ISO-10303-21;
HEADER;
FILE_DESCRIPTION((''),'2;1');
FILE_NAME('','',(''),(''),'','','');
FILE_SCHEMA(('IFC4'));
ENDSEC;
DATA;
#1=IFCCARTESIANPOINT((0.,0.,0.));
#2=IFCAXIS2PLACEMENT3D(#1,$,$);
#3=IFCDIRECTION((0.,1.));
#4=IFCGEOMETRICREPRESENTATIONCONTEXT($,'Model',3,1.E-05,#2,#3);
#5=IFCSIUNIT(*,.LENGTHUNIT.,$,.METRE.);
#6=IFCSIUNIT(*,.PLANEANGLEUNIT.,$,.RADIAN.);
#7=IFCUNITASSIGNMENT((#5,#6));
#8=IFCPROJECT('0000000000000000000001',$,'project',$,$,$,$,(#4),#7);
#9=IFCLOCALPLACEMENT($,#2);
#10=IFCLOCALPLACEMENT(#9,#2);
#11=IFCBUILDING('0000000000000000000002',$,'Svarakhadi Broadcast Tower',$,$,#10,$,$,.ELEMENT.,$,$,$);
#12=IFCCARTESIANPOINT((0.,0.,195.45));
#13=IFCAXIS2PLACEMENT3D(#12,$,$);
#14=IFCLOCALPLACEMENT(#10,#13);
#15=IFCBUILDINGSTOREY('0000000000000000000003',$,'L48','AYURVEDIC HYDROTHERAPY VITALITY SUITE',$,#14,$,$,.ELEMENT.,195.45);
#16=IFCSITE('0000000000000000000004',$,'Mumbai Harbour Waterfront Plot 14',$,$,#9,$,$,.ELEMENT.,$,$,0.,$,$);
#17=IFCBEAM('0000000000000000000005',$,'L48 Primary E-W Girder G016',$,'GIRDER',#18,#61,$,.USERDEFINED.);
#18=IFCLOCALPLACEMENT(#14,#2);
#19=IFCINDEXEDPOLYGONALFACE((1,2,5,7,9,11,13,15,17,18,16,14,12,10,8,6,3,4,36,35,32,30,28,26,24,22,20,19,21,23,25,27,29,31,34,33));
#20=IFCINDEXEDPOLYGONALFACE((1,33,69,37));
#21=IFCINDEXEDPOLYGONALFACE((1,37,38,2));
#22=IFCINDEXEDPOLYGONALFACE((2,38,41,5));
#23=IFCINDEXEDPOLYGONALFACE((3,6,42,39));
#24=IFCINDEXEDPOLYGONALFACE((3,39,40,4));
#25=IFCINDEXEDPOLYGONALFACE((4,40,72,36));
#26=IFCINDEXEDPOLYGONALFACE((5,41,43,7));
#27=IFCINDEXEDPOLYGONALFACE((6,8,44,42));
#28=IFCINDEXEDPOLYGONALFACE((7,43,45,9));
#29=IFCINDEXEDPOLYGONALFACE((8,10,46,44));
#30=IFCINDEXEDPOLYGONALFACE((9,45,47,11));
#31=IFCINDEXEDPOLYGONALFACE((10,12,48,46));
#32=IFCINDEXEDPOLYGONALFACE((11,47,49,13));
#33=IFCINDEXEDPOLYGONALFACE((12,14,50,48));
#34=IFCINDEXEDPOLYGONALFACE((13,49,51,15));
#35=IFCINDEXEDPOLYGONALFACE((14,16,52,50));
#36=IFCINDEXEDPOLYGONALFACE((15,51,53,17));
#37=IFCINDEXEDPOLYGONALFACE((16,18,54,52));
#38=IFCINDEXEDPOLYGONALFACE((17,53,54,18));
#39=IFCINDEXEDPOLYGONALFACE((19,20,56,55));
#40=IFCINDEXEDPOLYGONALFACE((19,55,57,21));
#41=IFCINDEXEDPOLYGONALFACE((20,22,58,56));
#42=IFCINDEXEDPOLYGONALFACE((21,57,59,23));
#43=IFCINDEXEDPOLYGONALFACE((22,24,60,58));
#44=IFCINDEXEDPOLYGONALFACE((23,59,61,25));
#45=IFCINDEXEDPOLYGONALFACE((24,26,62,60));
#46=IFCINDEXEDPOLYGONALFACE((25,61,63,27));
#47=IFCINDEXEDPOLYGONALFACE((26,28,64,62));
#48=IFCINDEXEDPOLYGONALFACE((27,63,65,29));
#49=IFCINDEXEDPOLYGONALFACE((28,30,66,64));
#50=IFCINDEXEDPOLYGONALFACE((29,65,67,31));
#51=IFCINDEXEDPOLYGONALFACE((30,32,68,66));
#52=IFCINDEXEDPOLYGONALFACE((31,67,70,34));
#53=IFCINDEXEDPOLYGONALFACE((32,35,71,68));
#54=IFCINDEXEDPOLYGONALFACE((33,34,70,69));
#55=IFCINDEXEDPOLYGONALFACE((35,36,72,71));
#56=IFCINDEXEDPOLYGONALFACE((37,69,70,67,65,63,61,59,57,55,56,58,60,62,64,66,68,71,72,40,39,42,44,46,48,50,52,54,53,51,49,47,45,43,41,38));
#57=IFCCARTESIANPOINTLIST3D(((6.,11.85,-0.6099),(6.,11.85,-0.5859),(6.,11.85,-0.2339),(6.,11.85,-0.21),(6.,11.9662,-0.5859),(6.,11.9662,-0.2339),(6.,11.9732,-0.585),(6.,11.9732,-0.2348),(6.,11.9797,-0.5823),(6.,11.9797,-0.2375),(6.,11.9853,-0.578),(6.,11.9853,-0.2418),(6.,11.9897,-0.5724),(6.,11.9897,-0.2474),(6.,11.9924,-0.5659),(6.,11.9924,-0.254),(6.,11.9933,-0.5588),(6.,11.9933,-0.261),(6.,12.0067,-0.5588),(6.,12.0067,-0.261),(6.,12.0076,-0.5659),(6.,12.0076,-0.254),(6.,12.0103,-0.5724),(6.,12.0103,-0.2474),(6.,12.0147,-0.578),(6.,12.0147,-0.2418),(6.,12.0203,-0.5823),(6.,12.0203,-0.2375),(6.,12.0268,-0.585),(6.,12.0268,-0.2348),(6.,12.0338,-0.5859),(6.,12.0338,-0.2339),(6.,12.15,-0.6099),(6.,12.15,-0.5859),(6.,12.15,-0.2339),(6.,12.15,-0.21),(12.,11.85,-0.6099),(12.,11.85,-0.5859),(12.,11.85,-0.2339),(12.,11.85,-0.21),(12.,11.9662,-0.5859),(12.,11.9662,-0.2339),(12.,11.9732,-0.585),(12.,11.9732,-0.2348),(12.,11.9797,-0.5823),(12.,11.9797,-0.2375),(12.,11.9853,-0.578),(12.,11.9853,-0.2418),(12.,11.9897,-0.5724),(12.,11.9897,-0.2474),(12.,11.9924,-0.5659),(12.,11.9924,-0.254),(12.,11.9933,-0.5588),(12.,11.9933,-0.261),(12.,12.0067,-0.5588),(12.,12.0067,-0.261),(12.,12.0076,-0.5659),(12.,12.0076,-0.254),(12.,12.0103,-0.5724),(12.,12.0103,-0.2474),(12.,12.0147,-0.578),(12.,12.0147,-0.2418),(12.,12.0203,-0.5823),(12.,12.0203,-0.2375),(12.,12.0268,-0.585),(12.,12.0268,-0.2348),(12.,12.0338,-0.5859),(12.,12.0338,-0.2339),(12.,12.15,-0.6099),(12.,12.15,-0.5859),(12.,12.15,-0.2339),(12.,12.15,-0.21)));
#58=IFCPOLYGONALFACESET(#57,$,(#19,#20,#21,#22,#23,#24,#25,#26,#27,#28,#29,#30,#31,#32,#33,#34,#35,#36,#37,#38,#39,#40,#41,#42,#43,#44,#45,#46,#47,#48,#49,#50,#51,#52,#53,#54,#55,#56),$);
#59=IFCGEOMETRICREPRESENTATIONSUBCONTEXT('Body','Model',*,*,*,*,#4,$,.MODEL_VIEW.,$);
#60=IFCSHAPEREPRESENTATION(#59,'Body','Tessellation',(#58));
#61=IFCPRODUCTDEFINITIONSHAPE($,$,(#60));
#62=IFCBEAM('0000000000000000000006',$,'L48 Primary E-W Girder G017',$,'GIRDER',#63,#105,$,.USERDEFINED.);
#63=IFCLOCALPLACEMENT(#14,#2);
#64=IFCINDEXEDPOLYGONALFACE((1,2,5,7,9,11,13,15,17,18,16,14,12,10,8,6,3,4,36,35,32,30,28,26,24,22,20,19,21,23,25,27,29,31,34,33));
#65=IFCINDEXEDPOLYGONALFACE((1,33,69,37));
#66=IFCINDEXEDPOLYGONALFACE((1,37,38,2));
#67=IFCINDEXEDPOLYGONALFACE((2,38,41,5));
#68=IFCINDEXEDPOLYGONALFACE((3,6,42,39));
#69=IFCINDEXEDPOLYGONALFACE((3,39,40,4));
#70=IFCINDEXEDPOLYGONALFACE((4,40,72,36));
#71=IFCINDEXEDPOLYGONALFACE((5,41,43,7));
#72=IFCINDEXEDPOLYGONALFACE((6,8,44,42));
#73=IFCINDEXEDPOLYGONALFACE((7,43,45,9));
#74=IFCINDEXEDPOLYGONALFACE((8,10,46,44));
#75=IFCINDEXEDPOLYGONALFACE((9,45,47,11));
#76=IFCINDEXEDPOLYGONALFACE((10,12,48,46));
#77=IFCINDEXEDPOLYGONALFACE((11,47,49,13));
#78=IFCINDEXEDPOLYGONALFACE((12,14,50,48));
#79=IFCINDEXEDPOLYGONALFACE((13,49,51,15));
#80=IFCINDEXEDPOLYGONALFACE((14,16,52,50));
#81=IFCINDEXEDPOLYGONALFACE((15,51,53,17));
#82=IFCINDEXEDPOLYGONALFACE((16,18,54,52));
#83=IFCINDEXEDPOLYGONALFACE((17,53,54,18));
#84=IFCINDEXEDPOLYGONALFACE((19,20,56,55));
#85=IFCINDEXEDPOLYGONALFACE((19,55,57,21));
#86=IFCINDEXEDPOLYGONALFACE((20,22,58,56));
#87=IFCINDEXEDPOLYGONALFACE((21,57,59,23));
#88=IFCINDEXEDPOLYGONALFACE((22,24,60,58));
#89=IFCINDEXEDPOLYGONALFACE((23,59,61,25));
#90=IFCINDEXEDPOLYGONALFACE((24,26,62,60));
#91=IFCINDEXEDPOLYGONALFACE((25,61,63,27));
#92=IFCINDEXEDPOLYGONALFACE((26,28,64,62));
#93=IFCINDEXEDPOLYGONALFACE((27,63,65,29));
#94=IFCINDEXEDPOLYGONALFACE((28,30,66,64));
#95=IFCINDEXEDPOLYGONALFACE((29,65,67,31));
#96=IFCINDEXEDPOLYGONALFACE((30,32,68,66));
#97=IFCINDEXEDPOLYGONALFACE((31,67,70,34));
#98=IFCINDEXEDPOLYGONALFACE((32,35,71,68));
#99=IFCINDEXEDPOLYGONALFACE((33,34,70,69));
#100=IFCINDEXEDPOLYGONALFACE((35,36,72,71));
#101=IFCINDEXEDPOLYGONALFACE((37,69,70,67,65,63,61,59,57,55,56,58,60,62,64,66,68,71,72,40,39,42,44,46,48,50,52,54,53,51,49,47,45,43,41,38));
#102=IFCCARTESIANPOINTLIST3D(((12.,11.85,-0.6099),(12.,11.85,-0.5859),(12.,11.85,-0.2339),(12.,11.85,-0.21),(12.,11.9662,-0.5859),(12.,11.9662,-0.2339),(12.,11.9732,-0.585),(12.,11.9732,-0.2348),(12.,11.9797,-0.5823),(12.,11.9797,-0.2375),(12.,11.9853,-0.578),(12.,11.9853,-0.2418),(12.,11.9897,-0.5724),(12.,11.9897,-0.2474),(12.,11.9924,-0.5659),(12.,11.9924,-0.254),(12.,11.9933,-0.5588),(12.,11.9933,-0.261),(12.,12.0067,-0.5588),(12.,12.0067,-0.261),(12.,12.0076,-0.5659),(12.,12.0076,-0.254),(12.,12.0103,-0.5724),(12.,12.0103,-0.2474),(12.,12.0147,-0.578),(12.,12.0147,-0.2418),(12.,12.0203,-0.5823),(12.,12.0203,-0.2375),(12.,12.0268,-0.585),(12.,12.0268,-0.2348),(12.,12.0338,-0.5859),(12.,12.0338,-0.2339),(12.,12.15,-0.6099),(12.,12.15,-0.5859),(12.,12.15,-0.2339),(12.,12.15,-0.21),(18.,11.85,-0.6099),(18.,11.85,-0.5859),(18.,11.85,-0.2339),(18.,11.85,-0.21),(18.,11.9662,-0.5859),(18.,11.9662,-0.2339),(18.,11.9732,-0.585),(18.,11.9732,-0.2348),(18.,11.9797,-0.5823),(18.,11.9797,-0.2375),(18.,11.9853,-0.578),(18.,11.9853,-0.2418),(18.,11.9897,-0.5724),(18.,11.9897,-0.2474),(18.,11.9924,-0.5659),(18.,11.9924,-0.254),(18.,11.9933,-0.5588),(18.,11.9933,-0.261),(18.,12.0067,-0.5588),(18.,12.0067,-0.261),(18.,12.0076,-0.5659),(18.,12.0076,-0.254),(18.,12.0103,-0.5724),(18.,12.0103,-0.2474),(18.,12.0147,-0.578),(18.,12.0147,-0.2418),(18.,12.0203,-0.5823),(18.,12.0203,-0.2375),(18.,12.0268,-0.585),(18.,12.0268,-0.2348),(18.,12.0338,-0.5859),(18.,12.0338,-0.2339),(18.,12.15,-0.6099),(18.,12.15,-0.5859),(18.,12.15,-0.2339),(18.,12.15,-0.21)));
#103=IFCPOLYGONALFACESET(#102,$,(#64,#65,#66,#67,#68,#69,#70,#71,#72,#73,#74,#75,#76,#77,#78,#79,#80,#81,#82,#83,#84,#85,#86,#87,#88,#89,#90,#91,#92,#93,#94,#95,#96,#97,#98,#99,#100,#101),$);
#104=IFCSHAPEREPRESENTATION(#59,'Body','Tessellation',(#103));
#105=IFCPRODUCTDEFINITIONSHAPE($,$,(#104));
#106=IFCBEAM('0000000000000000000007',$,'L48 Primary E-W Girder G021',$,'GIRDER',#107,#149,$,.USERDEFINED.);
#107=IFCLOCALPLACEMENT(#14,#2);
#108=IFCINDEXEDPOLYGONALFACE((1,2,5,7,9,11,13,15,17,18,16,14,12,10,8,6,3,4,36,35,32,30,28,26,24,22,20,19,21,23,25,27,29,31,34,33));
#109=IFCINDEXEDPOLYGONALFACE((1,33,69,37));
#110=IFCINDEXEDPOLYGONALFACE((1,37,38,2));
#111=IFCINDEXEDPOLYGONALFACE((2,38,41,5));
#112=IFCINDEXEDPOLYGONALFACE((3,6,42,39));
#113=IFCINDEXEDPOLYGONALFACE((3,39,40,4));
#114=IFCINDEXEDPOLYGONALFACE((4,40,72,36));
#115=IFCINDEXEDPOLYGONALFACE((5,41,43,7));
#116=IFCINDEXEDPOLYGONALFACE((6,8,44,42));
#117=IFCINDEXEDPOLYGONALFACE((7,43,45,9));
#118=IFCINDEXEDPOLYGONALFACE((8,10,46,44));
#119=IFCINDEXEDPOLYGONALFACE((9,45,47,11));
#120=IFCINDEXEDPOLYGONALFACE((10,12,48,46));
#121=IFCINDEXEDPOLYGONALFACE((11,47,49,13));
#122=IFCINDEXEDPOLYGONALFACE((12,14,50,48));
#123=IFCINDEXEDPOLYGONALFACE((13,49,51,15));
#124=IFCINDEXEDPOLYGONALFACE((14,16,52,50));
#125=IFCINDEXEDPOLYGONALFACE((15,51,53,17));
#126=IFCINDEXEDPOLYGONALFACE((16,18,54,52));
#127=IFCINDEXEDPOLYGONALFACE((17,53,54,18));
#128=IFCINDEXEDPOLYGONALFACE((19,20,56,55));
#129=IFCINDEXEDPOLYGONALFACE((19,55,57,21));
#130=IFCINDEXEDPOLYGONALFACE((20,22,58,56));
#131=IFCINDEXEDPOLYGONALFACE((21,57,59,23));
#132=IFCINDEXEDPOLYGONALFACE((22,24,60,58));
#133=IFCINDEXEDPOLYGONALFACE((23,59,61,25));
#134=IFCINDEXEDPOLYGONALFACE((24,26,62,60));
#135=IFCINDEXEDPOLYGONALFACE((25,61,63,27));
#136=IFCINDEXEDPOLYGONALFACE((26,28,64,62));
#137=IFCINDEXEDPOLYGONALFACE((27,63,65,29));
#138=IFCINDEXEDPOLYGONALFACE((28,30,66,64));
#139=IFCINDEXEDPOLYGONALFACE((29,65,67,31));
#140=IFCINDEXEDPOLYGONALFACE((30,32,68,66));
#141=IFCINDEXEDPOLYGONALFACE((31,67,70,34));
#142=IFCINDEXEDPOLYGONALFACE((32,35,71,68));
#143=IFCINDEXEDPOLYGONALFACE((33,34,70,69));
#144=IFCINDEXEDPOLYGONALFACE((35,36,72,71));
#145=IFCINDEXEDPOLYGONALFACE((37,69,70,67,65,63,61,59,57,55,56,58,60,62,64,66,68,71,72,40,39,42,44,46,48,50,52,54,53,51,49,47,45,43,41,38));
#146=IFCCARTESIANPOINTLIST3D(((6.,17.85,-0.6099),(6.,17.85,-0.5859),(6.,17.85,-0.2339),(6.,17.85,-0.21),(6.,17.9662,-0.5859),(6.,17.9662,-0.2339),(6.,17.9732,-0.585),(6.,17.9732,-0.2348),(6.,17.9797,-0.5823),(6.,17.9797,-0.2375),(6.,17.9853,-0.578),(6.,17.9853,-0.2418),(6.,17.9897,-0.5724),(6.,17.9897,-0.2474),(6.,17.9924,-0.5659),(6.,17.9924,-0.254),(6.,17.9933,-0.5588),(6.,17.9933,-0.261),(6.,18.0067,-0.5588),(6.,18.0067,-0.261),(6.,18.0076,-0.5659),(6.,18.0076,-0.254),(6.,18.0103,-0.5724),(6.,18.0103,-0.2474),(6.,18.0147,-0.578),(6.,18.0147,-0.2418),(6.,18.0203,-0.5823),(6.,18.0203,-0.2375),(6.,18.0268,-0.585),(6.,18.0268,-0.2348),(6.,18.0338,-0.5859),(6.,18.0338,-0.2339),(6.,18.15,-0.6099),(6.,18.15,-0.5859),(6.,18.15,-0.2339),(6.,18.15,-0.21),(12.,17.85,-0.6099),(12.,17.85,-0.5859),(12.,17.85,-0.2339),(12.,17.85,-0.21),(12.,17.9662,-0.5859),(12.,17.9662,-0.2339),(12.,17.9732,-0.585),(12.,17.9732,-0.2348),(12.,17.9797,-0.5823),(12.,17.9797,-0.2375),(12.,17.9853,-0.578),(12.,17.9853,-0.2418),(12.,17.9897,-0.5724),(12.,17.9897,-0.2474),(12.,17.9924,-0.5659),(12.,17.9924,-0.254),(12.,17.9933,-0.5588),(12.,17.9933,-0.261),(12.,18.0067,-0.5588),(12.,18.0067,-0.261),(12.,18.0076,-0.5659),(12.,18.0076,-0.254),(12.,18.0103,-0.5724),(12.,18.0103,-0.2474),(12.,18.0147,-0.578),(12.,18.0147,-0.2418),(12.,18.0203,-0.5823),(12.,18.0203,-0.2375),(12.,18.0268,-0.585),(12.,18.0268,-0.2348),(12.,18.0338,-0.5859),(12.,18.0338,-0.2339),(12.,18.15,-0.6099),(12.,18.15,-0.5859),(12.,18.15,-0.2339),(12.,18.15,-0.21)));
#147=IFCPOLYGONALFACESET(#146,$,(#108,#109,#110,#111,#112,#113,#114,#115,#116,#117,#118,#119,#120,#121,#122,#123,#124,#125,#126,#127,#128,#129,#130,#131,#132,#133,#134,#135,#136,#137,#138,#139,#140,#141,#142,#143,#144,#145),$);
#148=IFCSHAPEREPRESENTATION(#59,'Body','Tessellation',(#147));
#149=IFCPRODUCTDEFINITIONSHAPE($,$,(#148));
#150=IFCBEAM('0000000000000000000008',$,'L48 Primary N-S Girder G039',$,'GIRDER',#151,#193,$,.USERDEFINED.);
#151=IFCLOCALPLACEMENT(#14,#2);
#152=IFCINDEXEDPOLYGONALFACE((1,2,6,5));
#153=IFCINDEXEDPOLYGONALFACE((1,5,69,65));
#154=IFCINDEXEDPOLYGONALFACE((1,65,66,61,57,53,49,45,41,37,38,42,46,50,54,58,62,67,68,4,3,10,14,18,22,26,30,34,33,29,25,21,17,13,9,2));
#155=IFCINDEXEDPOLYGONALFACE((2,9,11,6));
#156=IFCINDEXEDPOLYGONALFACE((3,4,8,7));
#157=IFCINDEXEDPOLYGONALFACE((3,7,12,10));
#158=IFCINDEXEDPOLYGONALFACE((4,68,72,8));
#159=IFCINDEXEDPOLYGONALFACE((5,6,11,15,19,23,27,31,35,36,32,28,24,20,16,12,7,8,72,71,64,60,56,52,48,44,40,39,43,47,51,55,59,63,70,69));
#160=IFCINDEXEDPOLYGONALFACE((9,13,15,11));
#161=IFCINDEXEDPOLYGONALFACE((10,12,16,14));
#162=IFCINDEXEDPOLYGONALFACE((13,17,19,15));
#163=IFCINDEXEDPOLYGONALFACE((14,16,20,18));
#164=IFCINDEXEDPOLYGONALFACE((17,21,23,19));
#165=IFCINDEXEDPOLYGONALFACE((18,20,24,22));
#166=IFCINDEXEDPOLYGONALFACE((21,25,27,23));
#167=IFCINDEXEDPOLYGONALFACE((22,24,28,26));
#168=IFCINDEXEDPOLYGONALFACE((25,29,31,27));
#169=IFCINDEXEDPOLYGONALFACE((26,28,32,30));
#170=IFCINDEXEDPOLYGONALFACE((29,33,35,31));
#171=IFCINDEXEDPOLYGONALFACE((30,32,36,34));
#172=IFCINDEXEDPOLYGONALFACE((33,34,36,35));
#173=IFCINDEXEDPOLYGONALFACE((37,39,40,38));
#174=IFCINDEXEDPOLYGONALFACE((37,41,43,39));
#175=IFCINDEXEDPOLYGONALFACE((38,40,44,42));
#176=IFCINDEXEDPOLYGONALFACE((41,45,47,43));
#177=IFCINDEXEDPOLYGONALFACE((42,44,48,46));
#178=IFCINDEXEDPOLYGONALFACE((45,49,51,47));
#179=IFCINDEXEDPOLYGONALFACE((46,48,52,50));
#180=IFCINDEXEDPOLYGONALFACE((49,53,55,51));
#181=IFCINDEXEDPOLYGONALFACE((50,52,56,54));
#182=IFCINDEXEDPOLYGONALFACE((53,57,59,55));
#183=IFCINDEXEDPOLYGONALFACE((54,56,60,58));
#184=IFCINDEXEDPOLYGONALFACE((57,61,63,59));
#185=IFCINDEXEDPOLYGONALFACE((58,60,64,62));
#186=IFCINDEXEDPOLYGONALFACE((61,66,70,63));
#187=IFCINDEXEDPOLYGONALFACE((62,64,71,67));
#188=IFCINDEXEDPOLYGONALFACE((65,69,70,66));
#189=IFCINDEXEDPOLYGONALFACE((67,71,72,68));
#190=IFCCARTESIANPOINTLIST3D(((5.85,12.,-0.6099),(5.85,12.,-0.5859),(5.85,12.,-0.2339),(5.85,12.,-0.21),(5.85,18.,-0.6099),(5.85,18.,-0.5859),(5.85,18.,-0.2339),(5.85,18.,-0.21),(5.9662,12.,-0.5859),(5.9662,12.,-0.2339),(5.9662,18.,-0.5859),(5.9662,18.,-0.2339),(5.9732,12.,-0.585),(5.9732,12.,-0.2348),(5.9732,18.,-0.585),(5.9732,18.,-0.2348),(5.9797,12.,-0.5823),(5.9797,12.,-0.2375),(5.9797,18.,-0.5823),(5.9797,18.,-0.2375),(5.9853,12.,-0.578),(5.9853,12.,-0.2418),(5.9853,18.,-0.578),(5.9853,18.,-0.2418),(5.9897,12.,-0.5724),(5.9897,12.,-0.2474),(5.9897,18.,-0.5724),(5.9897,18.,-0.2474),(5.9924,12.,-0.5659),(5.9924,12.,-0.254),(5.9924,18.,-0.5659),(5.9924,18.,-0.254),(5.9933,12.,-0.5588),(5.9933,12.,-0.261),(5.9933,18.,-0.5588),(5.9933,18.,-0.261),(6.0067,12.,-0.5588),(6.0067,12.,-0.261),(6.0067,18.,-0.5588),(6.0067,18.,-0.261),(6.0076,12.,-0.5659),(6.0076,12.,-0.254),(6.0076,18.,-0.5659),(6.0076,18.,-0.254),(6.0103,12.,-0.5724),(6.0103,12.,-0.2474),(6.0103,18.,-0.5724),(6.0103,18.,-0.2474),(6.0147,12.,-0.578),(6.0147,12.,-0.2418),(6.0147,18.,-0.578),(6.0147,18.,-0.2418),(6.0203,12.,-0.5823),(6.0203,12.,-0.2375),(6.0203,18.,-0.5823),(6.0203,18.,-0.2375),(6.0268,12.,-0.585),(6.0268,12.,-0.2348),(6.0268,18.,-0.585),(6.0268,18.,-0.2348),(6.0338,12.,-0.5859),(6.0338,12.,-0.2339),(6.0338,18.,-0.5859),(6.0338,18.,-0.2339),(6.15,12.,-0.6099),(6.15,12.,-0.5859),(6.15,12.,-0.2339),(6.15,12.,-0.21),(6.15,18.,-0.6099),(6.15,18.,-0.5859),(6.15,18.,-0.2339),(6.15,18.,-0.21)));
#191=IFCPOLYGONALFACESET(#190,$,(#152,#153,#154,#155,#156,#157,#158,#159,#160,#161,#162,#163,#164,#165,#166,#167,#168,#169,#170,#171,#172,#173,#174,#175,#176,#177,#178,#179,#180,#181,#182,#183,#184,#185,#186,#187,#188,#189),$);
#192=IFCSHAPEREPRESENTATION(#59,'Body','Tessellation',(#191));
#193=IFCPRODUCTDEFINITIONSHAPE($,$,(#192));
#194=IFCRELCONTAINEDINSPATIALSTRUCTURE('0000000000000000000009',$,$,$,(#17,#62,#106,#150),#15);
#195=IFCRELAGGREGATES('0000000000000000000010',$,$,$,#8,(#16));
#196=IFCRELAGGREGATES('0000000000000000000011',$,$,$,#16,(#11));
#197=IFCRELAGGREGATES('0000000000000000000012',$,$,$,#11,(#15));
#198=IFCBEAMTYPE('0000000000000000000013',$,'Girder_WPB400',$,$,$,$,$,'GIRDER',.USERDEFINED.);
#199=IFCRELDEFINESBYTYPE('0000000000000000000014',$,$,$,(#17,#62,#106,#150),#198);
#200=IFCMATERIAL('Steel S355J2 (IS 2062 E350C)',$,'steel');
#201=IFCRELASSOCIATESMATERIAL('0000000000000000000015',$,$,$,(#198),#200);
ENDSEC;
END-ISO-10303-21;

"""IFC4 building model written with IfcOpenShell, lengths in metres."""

from ifc_helpers import new_model, si_unit, direction, frame, origin, origin_2d, place, context, subcontext, project, spatial, i_section, extrude, material, material_profile, profile_set, type_object, element, save


model = new_model("IFC4")

# Units and contexts
model_context = context("Model", 3, precision=1e-05, world=origin(), true_north=direction((0.0, 1.0)))
body_context = subcontext(model_context, "Body", "Model", "MODEL_VIEW")
ifc_project = project(units=[si_unit("LENGTHUNIT", "METRE"), si_unit("PLANEANGLEUNIT", "RADIAN")], contexts=[model_context])

# Site, building, storey
site_placement = place(None, origin())
site = spatial("IfcSite", under=ifc_project, at=site_placement, Name="Mumbai Harbour Waterfront Plot 14", CompositionType="ELEMENT", RefElevation=0.0)
building_placement = place(site_placement, origin())
building = spatial("IfcBuilding", under=site, at=building_placement, Name="Svarakhadi Broadcast Tower", CompositionType="ELEMENT")
storey_placement = place(building_placement, frame((0.0, 0.0, 195.45)))
storey = spatial("IfcBuildingStorey", under=building, at=storey_placement, Name="L48", Description="AYURVEDIC HYDROTHERAPY VITALITY SUITE", CompositionType="ELEMENT", Elevation=195.45)

# Beams
ifc_material_1 = material(Name="Steel S355J2 (IS 2062 E350C)", Category="steel")
ifc_material_profile_1 = material_profile(ifc_material_1, i_section(OverallWidth=0.3, OverallDepth=0.3999, WebThickness=0.0134, FlangeThickness=0.0239, FilletRadius=0.0271, at=origin_2d()), Name="WPB 400x300x155")
ifc_profile_set_1 = profile_set([ifc_material_profile_1], Name="Steel S355J2 (IS 2062 E350C)")
beam_type_1 = type_object("IfcBeamType", Name="Girder_WPB400", ElementType="GIRDER", PredefinedType="USERDEFINED", material=ifc_profile_set_1)
for number, where, z_axis, x_axis, name in (
    (1, (6.0, 12.0, -0.4099), (1.0, 0.0, 0.0), (0.0, 1.0, 0.0), "L48 Primary E-W Girder G016"),
    (2, (12.0, 12.0, -0.4099), (1.0, 0.0, 0.0), (0.0, 1.0, 0.0), "L48 Primary E-W Girder G017"),
    (3, (6.0, 18.0, -0.4099), (1.0, 0.0, 0.0), (0.0, 1.0, 0.0), "L48 Primary E-W Girder G021"),
    (4, (6.0, 12.0, -0.4099), (0.0, 1.0, 0.0), (-1.0, 0.0, 0.0), "L48 Primary N-S Girder G039"),
):
    element("IfcBeam", number, at=place(storey_placement, frame(where, z_axis=z_axis, x_axis=x_axis)), inside=storey, type_object=beam_type_1, Name=name, ObjectType="GIRDER", PredefinedType="USERDEFINED", context=body_context, shape_type="SweptSolid", body=[
        extrude(i_section(OverallWidth=0.3, OverallDepth=0.3999, WebThickness=0.0134, FlangeThickness=0.0239, FilletRadius=0.0271, at=origin_2d()), origin(), (0.0, 0.0, 1.0), 6.0),
    ])

save(model, "model.ifc")
